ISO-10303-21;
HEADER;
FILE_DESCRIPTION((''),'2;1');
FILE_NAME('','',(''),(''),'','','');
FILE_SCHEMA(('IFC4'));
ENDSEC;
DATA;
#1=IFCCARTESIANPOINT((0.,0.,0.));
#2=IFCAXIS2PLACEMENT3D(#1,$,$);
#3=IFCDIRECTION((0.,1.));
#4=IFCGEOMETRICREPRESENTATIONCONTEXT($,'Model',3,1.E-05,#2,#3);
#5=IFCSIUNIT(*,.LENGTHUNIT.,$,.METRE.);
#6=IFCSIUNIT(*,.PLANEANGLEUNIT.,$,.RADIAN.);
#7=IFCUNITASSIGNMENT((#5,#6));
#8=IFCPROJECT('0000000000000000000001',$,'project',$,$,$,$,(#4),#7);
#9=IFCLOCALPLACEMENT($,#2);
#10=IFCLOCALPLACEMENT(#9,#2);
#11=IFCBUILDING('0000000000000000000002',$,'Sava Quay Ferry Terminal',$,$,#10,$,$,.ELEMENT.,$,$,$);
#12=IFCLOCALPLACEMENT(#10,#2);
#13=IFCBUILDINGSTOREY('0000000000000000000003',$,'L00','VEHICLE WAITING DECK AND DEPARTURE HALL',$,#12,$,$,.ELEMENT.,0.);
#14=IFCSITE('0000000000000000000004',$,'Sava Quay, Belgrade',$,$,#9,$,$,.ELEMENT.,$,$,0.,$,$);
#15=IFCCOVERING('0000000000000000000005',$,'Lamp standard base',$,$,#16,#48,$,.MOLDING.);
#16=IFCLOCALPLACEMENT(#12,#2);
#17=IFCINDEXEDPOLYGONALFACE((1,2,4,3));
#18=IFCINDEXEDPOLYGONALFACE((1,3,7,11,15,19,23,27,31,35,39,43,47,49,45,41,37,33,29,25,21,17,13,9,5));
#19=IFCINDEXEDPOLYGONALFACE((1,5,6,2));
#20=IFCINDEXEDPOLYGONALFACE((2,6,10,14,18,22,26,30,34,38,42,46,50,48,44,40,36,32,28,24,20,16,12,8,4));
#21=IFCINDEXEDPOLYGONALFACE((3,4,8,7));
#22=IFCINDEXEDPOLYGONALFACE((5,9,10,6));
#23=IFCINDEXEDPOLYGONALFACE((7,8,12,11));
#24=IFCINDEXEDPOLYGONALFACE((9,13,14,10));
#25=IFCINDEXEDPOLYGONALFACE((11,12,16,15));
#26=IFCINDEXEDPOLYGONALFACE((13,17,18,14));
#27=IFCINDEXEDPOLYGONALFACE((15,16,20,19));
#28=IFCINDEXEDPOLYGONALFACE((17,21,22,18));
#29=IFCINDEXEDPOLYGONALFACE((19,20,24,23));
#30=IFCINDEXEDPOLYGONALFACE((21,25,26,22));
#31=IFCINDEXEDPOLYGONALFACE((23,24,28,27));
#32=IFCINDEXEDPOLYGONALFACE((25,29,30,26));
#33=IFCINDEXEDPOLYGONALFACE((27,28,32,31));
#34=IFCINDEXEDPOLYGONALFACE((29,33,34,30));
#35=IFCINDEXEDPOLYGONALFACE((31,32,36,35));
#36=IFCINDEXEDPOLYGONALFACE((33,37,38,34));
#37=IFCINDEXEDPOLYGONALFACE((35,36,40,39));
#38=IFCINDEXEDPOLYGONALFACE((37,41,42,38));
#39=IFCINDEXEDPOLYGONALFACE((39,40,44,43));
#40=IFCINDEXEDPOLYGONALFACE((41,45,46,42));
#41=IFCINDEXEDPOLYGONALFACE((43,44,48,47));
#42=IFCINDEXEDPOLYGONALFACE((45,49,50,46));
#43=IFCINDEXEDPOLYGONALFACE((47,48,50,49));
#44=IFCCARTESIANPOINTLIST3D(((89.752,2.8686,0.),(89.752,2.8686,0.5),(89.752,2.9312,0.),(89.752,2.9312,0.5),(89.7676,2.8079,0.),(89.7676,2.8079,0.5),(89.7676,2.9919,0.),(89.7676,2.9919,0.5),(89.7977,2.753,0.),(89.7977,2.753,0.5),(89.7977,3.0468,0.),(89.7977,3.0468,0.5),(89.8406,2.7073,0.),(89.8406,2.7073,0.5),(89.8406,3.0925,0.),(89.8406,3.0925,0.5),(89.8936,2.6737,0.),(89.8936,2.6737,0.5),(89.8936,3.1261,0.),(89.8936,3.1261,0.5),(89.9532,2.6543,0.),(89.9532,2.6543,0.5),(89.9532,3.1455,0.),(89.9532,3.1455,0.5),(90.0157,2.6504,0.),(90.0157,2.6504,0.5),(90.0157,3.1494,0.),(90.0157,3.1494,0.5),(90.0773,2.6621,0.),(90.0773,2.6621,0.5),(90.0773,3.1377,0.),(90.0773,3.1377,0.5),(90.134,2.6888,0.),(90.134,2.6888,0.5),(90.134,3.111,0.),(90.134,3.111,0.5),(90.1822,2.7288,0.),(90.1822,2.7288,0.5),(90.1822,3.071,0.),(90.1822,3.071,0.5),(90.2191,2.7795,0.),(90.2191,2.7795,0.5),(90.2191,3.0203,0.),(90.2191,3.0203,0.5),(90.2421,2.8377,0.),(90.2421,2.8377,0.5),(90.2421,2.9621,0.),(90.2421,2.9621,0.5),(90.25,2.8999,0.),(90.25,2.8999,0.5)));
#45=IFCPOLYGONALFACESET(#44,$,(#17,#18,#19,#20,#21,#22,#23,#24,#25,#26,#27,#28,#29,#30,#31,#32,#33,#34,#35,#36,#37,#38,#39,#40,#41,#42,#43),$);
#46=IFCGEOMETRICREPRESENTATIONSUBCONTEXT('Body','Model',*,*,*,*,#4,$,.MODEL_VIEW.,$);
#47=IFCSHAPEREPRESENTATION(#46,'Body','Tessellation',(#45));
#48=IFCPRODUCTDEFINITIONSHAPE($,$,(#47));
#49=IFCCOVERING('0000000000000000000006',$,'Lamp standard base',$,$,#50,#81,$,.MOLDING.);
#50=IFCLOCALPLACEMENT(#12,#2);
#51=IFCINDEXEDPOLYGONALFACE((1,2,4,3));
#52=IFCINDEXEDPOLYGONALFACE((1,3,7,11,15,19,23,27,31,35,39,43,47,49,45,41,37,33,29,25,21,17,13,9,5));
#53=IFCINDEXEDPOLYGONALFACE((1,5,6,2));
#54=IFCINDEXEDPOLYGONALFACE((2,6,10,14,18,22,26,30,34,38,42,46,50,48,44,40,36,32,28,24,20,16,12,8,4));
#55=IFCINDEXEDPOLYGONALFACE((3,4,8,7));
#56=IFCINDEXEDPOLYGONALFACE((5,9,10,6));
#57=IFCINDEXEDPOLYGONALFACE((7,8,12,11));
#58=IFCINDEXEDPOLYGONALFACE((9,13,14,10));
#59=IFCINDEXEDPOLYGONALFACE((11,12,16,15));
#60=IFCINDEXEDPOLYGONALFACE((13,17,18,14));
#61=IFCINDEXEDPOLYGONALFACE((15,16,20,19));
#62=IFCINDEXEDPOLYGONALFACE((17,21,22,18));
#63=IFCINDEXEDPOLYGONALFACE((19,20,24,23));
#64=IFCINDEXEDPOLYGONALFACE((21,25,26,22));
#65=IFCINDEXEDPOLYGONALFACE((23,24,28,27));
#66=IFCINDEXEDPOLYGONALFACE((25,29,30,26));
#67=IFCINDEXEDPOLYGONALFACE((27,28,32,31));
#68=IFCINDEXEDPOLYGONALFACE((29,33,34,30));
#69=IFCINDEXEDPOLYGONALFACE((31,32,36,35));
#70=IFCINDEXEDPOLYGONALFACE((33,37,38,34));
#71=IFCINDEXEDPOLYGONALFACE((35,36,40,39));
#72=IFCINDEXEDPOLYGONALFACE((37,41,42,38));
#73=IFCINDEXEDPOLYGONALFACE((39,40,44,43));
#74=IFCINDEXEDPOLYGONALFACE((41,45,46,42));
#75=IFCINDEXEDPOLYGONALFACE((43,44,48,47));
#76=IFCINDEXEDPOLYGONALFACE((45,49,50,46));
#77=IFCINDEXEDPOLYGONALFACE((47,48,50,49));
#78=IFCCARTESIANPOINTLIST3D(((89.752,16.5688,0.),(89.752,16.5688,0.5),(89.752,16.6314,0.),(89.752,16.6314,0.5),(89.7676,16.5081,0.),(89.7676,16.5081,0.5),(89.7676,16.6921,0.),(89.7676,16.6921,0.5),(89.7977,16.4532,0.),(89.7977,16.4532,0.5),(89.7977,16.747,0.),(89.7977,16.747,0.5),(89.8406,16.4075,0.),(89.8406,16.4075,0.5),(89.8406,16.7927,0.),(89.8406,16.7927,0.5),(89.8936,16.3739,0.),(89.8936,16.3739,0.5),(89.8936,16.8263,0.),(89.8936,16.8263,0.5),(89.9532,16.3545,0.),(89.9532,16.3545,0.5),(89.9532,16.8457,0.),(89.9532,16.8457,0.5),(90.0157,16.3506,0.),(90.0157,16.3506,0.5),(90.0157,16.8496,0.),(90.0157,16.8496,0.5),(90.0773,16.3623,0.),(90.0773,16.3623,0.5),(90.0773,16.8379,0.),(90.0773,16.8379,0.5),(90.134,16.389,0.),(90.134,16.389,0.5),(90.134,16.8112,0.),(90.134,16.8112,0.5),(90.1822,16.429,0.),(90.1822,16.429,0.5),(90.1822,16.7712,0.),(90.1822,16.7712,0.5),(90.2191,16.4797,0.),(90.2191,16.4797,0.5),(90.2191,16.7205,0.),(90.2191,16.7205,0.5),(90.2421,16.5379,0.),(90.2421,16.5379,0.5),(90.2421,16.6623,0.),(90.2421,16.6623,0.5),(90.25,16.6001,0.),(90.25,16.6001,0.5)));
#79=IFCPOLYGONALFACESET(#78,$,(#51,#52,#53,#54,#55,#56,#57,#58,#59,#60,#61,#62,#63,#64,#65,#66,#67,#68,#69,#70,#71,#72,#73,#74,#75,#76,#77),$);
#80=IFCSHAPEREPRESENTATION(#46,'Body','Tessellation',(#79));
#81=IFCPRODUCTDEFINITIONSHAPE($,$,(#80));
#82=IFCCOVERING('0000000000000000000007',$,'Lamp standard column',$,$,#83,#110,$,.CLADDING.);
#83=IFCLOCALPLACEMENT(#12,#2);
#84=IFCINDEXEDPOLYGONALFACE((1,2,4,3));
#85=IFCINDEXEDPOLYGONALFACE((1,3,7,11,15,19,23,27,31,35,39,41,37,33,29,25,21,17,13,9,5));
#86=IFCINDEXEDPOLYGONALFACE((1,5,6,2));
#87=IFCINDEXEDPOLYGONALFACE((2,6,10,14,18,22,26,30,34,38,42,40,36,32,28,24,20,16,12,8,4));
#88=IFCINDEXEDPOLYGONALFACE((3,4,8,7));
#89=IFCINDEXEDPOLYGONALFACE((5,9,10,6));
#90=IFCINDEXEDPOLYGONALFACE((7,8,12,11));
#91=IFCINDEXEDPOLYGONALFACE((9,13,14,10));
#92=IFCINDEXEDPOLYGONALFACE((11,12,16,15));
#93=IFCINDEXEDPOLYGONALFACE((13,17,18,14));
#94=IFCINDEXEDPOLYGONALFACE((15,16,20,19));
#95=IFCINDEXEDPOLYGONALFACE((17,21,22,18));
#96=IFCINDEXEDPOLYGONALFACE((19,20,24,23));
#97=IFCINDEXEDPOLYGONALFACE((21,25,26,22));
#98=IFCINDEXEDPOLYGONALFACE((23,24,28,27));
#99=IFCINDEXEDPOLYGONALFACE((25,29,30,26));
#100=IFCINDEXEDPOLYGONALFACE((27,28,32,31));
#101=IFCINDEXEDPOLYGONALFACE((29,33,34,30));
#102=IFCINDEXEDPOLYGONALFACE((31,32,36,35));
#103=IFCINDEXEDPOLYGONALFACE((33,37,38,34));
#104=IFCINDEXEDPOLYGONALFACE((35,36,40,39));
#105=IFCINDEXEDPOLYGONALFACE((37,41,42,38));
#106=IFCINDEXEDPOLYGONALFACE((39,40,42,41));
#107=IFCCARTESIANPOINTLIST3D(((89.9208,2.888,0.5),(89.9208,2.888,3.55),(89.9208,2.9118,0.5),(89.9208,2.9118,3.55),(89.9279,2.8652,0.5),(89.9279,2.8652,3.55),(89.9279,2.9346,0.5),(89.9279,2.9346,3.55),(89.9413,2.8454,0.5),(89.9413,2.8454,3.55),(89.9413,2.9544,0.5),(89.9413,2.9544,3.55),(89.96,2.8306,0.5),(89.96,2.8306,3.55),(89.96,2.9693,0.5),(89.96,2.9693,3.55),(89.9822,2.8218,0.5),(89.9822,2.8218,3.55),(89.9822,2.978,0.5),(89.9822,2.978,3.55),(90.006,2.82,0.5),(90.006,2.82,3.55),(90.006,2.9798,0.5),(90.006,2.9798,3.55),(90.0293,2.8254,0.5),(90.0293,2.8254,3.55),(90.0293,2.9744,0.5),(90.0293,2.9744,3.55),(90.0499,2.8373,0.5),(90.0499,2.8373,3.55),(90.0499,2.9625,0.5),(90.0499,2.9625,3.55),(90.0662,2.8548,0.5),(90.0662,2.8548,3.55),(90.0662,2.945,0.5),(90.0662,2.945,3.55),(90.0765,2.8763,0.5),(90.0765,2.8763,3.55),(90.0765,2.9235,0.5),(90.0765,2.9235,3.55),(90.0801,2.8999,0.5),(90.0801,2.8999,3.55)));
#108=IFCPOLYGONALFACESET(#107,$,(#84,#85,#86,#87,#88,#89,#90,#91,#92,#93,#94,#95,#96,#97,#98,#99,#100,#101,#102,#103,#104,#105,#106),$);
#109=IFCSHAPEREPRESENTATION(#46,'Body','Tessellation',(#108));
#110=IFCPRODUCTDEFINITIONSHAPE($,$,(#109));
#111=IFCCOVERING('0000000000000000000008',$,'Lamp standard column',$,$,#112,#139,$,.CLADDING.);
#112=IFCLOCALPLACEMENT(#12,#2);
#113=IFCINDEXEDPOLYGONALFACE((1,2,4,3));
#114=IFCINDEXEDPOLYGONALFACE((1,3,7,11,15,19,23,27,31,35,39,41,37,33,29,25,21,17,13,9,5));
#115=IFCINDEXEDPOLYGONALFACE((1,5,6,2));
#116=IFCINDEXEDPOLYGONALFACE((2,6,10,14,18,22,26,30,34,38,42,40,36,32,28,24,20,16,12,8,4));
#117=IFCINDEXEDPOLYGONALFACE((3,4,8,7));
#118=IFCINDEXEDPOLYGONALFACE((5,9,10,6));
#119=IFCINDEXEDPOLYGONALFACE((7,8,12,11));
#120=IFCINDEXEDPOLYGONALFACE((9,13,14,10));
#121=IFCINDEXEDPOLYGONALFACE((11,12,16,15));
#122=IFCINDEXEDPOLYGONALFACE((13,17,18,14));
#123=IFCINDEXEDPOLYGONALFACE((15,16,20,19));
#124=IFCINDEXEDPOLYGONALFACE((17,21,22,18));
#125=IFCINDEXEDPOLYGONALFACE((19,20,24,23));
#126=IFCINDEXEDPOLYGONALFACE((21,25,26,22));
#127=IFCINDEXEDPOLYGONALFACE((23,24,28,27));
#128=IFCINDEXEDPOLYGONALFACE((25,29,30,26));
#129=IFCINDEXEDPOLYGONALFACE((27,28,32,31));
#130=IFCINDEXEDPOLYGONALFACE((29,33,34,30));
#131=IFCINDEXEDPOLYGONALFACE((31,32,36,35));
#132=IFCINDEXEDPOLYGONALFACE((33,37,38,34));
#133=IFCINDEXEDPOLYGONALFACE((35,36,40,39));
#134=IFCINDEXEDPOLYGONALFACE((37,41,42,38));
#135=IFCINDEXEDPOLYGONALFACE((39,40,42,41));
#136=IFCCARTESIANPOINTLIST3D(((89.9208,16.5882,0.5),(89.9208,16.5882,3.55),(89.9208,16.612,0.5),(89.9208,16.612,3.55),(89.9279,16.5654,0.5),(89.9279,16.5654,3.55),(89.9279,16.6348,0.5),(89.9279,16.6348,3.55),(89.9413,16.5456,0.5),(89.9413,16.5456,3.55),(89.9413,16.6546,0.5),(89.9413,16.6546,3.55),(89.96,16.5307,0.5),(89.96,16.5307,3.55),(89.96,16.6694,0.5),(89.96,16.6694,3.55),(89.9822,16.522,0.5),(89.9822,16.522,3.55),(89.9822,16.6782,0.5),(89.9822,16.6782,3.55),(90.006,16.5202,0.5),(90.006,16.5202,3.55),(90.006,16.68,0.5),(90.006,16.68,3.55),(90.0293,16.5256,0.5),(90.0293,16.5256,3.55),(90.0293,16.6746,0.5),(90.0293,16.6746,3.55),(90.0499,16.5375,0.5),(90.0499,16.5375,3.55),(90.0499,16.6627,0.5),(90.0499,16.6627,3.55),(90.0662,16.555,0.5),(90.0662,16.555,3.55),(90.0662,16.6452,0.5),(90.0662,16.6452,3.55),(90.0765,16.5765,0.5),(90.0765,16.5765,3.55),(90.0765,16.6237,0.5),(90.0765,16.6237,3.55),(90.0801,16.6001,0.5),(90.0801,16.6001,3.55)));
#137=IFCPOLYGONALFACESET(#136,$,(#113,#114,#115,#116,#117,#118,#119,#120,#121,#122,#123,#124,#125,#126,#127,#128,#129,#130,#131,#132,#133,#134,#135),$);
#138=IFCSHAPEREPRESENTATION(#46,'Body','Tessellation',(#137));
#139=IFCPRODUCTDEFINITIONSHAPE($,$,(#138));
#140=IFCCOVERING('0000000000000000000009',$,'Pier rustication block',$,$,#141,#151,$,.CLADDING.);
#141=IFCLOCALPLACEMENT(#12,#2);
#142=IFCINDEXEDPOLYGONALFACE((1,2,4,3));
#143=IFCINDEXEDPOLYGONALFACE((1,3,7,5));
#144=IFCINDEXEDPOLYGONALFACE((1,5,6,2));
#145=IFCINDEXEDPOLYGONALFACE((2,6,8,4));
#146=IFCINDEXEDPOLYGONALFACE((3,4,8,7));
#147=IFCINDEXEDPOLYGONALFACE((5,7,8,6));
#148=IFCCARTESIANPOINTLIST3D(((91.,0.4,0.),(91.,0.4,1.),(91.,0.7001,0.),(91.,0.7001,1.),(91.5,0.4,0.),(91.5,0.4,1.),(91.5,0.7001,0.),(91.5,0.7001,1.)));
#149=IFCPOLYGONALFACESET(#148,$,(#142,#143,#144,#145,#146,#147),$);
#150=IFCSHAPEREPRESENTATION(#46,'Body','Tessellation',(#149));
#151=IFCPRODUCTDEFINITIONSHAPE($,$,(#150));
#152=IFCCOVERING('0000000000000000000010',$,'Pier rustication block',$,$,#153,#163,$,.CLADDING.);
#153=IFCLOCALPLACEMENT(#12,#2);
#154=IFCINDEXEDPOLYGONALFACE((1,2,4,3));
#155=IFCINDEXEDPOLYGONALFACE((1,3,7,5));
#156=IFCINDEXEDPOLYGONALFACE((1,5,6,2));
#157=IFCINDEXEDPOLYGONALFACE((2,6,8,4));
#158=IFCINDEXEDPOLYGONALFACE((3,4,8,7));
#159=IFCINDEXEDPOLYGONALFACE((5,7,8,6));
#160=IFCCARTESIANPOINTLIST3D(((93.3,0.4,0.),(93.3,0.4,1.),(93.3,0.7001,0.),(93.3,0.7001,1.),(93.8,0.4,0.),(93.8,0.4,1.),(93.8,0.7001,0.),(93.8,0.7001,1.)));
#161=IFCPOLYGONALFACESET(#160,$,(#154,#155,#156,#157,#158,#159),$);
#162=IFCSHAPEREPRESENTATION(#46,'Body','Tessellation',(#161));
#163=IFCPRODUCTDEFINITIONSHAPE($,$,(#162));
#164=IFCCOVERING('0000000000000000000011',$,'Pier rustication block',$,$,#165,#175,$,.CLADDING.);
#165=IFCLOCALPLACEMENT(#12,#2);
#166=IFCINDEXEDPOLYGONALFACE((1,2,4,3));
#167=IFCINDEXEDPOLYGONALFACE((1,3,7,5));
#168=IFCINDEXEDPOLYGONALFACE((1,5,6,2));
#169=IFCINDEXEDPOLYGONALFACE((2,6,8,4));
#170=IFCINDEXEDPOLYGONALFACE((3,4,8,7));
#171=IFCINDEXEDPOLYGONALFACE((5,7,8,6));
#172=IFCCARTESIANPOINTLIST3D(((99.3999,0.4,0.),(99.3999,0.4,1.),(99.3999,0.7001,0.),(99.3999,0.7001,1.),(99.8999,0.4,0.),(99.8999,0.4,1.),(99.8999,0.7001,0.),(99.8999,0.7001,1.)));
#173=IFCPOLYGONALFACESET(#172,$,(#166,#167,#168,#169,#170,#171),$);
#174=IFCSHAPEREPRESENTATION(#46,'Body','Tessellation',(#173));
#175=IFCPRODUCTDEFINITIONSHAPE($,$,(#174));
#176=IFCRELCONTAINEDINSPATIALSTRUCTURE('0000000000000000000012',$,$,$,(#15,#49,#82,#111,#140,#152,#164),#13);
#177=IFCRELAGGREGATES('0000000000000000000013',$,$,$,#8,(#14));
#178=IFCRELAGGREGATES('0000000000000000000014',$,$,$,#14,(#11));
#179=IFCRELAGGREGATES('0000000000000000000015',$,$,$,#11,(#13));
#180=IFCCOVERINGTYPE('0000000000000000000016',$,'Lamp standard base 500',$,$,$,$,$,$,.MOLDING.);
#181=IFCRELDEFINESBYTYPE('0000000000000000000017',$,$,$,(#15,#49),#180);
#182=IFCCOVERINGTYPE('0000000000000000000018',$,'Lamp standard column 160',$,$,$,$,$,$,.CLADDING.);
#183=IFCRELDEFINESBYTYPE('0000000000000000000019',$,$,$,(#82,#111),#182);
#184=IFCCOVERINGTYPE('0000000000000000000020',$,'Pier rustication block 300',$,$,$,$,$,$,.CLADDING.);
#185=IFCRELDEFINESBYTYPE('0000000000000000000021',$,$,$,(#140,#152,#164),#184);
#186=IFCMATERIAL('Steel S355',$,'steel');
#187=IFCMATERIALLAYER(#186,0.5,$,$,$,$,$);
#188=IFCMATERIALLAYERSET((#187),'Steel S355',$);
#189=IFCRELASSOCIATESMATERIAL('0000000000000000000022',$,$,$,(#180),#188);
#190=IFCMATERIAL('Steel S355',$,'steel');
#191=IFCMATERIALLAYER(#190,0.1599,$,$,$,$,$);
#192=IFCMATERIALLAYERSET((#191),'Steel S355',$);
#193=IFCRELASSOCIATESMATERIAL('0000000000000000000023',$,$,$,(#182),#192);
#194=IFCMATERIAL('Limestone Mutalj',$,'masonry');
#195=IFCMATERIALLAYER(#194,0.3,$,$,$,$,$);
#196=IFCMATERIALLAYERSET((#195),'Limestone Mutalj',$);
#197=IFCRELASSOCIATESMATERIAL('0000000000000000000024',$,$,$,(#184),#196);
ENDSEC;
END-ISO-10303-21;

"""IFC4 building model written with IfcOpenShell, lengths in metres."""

from ifc_helpers import new_model, si_unit, direction, frame, origin, origin_2d, place, context, subcontext, project, spatial, rectangle, circle, extrude, material, layer, layer_set, type_object, element, save


model = new_model("IFC4")

# Units and contexts
model_context = context("Model", 3, precision=1e-05, world=origin(), true_north=direction((0.0, 1.0)))
body_context = subcontext(model_context, "Body", "Model", "MODEL_VIEW")
ifc_project = project(units=[si_unit("LENGTHUNIT", "METRE"), si_unit("PLANEANGLEUNIT", "RADIAN")], contexts=[model_context])

# Site, building, storey
site_placement = place(None, origin())
site = spatial("IfcSite", under=ifc_project, at=site_placement, Name="Sava Quay, Belgrade", CompositionType="ELEMENT", RefElevation=0.0)
building_placement = place(site_placement, origin())
building = spatial("IfcBuilding", under=site, at=building_placement, Name="Sava Quay Ferry Terminal", CompositionType="ELEMENT")
storey_placement = place(building_placement, origin())
storey = spatial("IfcBuildingStorey", under=building, at=storey_placement, Name="L00", Description="VEHICLE WAITING DECK AND DEPARTURE HALL", CompositionType="ELEMENT", Elevation=0.0)

# Coverings
ifc_material_1 = material(Name="Steel S355", Category="steel")
ifc_layer_1 = layer(ifc_material_1, 0.5)
ifc_layer_set_1 = layer_set([ifc_layer_1], Name="Steel S355")
covering_type_1 = type_object("IfcCoveringType", Name="Lamp standard base 500", PredefinedType="MOLDING", material=ifc_layer_set_1)
for number, where, z_axis, x_axis, name in (
    (1, (90.0, 2.8999, 0.5), (0.0, 0.0, -1.0), (1.0, 0.0, 0.0), "Lamp standard base"),
    (2, (90.0, 16.6001, 0.5), (0.0, 0.0, -1.0), (1.0, 0.0, 0.0), "Lamp standard base"),
):
    element("IfcCovering", number, at=place(storey_placement, frame(where, z_axis=z_axis, x_axis=x_axis)), inside=storey, type_object=covering_type_1, Name=name, PredefinedType="MOLDING", context=body_context, shape_type="SweptSolid", body=[
        extrude(circle(Radius=0.25, at=origin_2d()), origin(), (0.0, 0.0, 1.0), 0.5),
    ])
ifc_material_2 = material(Name="Steel S355", Category="steel")
ifc_layer_2 = layer(ifc_material_2, 0.1599)
ifc_layer_set_2 = layer_set([ifc_layer_2], Name="Steel S355")
covering_type_2 = type_object("IfcCoveringType", Name="Lamp standard column 160", PredefinedType="CLADDING", material=ifc_layer_set_2)
for number, where, z_axis, x_axis, name in (
    (3, (90.0, 2.8999, 3.55), (0.0, 0.0, -1.0), (1.0, 0.0, 0.0), "Lamp standard column"),
    (4, (90.0, 16.6001, 3.55), (0.0, 0.0, -1.0), (1.0, 0.0, 0.0), "Lamp standard column"),
):
    element("IfcCovering", number, at=place(storey_placement, frame(where, z_axis=z_axis, x_axis=x_axis)), inside=storey, type_object=covering_type_2, Name=name, PredefinedType="CLADDING", context=body_context, shape_type="SweptSolid", body=[
        extrude(circle(Radius=0.0801, at=origin_2d()), origin(), (0.0, 0.0, 1.0), 3.05),
    ])
ifc_material_3 = material(Name="Limestone Mutalj", Category="masonry")
ifc_layer_3 = layer(ifc_material_3, 0.3)
ifc_layer_set_3 = layer_set([ifc_layer_3], Name="Limestone Mutalj")
covering_type_3 = type_object("IfcCoveringType", Name="Pier rustication block 300", PredefinedType="CLADDING", material=ifc_layer_set_3)
for number, where, z_axis, x_axis, name in (
    (5, (91.25, 0.55, 0.0), (0.0, 0.0, 1.0), (1.0, 0.0, 0.0), "Pier rustication block"),
    (6, (93.55, 0.55, 0.0), (0.0, 0.0, 1.0), (1.0, 0.0, 0.0), "Pier rustication block"),
    (7, (99.6499, 0.55, 0.0), (0.0, 0.0, 1.0), (1.0, 0.0, 0.0), "Pier rustication block"),
):
    element("IfcCovering", number, at=place(storey_placement, frame(where, z_axis=z_axis, x_axis=x_axis)), inside=storey, type_object=covering_type_3, Name=name, PredefinedType="CLADDING", context=body_context, shape_type="SweptSolid", body=[
        extrude(rectangle(XDim=0.5, YDim=0.3, at=origin_2d()), origin(), (0.0, 0.0, 1.0), 1.0),
    ])

save(model, "model.ifc")
